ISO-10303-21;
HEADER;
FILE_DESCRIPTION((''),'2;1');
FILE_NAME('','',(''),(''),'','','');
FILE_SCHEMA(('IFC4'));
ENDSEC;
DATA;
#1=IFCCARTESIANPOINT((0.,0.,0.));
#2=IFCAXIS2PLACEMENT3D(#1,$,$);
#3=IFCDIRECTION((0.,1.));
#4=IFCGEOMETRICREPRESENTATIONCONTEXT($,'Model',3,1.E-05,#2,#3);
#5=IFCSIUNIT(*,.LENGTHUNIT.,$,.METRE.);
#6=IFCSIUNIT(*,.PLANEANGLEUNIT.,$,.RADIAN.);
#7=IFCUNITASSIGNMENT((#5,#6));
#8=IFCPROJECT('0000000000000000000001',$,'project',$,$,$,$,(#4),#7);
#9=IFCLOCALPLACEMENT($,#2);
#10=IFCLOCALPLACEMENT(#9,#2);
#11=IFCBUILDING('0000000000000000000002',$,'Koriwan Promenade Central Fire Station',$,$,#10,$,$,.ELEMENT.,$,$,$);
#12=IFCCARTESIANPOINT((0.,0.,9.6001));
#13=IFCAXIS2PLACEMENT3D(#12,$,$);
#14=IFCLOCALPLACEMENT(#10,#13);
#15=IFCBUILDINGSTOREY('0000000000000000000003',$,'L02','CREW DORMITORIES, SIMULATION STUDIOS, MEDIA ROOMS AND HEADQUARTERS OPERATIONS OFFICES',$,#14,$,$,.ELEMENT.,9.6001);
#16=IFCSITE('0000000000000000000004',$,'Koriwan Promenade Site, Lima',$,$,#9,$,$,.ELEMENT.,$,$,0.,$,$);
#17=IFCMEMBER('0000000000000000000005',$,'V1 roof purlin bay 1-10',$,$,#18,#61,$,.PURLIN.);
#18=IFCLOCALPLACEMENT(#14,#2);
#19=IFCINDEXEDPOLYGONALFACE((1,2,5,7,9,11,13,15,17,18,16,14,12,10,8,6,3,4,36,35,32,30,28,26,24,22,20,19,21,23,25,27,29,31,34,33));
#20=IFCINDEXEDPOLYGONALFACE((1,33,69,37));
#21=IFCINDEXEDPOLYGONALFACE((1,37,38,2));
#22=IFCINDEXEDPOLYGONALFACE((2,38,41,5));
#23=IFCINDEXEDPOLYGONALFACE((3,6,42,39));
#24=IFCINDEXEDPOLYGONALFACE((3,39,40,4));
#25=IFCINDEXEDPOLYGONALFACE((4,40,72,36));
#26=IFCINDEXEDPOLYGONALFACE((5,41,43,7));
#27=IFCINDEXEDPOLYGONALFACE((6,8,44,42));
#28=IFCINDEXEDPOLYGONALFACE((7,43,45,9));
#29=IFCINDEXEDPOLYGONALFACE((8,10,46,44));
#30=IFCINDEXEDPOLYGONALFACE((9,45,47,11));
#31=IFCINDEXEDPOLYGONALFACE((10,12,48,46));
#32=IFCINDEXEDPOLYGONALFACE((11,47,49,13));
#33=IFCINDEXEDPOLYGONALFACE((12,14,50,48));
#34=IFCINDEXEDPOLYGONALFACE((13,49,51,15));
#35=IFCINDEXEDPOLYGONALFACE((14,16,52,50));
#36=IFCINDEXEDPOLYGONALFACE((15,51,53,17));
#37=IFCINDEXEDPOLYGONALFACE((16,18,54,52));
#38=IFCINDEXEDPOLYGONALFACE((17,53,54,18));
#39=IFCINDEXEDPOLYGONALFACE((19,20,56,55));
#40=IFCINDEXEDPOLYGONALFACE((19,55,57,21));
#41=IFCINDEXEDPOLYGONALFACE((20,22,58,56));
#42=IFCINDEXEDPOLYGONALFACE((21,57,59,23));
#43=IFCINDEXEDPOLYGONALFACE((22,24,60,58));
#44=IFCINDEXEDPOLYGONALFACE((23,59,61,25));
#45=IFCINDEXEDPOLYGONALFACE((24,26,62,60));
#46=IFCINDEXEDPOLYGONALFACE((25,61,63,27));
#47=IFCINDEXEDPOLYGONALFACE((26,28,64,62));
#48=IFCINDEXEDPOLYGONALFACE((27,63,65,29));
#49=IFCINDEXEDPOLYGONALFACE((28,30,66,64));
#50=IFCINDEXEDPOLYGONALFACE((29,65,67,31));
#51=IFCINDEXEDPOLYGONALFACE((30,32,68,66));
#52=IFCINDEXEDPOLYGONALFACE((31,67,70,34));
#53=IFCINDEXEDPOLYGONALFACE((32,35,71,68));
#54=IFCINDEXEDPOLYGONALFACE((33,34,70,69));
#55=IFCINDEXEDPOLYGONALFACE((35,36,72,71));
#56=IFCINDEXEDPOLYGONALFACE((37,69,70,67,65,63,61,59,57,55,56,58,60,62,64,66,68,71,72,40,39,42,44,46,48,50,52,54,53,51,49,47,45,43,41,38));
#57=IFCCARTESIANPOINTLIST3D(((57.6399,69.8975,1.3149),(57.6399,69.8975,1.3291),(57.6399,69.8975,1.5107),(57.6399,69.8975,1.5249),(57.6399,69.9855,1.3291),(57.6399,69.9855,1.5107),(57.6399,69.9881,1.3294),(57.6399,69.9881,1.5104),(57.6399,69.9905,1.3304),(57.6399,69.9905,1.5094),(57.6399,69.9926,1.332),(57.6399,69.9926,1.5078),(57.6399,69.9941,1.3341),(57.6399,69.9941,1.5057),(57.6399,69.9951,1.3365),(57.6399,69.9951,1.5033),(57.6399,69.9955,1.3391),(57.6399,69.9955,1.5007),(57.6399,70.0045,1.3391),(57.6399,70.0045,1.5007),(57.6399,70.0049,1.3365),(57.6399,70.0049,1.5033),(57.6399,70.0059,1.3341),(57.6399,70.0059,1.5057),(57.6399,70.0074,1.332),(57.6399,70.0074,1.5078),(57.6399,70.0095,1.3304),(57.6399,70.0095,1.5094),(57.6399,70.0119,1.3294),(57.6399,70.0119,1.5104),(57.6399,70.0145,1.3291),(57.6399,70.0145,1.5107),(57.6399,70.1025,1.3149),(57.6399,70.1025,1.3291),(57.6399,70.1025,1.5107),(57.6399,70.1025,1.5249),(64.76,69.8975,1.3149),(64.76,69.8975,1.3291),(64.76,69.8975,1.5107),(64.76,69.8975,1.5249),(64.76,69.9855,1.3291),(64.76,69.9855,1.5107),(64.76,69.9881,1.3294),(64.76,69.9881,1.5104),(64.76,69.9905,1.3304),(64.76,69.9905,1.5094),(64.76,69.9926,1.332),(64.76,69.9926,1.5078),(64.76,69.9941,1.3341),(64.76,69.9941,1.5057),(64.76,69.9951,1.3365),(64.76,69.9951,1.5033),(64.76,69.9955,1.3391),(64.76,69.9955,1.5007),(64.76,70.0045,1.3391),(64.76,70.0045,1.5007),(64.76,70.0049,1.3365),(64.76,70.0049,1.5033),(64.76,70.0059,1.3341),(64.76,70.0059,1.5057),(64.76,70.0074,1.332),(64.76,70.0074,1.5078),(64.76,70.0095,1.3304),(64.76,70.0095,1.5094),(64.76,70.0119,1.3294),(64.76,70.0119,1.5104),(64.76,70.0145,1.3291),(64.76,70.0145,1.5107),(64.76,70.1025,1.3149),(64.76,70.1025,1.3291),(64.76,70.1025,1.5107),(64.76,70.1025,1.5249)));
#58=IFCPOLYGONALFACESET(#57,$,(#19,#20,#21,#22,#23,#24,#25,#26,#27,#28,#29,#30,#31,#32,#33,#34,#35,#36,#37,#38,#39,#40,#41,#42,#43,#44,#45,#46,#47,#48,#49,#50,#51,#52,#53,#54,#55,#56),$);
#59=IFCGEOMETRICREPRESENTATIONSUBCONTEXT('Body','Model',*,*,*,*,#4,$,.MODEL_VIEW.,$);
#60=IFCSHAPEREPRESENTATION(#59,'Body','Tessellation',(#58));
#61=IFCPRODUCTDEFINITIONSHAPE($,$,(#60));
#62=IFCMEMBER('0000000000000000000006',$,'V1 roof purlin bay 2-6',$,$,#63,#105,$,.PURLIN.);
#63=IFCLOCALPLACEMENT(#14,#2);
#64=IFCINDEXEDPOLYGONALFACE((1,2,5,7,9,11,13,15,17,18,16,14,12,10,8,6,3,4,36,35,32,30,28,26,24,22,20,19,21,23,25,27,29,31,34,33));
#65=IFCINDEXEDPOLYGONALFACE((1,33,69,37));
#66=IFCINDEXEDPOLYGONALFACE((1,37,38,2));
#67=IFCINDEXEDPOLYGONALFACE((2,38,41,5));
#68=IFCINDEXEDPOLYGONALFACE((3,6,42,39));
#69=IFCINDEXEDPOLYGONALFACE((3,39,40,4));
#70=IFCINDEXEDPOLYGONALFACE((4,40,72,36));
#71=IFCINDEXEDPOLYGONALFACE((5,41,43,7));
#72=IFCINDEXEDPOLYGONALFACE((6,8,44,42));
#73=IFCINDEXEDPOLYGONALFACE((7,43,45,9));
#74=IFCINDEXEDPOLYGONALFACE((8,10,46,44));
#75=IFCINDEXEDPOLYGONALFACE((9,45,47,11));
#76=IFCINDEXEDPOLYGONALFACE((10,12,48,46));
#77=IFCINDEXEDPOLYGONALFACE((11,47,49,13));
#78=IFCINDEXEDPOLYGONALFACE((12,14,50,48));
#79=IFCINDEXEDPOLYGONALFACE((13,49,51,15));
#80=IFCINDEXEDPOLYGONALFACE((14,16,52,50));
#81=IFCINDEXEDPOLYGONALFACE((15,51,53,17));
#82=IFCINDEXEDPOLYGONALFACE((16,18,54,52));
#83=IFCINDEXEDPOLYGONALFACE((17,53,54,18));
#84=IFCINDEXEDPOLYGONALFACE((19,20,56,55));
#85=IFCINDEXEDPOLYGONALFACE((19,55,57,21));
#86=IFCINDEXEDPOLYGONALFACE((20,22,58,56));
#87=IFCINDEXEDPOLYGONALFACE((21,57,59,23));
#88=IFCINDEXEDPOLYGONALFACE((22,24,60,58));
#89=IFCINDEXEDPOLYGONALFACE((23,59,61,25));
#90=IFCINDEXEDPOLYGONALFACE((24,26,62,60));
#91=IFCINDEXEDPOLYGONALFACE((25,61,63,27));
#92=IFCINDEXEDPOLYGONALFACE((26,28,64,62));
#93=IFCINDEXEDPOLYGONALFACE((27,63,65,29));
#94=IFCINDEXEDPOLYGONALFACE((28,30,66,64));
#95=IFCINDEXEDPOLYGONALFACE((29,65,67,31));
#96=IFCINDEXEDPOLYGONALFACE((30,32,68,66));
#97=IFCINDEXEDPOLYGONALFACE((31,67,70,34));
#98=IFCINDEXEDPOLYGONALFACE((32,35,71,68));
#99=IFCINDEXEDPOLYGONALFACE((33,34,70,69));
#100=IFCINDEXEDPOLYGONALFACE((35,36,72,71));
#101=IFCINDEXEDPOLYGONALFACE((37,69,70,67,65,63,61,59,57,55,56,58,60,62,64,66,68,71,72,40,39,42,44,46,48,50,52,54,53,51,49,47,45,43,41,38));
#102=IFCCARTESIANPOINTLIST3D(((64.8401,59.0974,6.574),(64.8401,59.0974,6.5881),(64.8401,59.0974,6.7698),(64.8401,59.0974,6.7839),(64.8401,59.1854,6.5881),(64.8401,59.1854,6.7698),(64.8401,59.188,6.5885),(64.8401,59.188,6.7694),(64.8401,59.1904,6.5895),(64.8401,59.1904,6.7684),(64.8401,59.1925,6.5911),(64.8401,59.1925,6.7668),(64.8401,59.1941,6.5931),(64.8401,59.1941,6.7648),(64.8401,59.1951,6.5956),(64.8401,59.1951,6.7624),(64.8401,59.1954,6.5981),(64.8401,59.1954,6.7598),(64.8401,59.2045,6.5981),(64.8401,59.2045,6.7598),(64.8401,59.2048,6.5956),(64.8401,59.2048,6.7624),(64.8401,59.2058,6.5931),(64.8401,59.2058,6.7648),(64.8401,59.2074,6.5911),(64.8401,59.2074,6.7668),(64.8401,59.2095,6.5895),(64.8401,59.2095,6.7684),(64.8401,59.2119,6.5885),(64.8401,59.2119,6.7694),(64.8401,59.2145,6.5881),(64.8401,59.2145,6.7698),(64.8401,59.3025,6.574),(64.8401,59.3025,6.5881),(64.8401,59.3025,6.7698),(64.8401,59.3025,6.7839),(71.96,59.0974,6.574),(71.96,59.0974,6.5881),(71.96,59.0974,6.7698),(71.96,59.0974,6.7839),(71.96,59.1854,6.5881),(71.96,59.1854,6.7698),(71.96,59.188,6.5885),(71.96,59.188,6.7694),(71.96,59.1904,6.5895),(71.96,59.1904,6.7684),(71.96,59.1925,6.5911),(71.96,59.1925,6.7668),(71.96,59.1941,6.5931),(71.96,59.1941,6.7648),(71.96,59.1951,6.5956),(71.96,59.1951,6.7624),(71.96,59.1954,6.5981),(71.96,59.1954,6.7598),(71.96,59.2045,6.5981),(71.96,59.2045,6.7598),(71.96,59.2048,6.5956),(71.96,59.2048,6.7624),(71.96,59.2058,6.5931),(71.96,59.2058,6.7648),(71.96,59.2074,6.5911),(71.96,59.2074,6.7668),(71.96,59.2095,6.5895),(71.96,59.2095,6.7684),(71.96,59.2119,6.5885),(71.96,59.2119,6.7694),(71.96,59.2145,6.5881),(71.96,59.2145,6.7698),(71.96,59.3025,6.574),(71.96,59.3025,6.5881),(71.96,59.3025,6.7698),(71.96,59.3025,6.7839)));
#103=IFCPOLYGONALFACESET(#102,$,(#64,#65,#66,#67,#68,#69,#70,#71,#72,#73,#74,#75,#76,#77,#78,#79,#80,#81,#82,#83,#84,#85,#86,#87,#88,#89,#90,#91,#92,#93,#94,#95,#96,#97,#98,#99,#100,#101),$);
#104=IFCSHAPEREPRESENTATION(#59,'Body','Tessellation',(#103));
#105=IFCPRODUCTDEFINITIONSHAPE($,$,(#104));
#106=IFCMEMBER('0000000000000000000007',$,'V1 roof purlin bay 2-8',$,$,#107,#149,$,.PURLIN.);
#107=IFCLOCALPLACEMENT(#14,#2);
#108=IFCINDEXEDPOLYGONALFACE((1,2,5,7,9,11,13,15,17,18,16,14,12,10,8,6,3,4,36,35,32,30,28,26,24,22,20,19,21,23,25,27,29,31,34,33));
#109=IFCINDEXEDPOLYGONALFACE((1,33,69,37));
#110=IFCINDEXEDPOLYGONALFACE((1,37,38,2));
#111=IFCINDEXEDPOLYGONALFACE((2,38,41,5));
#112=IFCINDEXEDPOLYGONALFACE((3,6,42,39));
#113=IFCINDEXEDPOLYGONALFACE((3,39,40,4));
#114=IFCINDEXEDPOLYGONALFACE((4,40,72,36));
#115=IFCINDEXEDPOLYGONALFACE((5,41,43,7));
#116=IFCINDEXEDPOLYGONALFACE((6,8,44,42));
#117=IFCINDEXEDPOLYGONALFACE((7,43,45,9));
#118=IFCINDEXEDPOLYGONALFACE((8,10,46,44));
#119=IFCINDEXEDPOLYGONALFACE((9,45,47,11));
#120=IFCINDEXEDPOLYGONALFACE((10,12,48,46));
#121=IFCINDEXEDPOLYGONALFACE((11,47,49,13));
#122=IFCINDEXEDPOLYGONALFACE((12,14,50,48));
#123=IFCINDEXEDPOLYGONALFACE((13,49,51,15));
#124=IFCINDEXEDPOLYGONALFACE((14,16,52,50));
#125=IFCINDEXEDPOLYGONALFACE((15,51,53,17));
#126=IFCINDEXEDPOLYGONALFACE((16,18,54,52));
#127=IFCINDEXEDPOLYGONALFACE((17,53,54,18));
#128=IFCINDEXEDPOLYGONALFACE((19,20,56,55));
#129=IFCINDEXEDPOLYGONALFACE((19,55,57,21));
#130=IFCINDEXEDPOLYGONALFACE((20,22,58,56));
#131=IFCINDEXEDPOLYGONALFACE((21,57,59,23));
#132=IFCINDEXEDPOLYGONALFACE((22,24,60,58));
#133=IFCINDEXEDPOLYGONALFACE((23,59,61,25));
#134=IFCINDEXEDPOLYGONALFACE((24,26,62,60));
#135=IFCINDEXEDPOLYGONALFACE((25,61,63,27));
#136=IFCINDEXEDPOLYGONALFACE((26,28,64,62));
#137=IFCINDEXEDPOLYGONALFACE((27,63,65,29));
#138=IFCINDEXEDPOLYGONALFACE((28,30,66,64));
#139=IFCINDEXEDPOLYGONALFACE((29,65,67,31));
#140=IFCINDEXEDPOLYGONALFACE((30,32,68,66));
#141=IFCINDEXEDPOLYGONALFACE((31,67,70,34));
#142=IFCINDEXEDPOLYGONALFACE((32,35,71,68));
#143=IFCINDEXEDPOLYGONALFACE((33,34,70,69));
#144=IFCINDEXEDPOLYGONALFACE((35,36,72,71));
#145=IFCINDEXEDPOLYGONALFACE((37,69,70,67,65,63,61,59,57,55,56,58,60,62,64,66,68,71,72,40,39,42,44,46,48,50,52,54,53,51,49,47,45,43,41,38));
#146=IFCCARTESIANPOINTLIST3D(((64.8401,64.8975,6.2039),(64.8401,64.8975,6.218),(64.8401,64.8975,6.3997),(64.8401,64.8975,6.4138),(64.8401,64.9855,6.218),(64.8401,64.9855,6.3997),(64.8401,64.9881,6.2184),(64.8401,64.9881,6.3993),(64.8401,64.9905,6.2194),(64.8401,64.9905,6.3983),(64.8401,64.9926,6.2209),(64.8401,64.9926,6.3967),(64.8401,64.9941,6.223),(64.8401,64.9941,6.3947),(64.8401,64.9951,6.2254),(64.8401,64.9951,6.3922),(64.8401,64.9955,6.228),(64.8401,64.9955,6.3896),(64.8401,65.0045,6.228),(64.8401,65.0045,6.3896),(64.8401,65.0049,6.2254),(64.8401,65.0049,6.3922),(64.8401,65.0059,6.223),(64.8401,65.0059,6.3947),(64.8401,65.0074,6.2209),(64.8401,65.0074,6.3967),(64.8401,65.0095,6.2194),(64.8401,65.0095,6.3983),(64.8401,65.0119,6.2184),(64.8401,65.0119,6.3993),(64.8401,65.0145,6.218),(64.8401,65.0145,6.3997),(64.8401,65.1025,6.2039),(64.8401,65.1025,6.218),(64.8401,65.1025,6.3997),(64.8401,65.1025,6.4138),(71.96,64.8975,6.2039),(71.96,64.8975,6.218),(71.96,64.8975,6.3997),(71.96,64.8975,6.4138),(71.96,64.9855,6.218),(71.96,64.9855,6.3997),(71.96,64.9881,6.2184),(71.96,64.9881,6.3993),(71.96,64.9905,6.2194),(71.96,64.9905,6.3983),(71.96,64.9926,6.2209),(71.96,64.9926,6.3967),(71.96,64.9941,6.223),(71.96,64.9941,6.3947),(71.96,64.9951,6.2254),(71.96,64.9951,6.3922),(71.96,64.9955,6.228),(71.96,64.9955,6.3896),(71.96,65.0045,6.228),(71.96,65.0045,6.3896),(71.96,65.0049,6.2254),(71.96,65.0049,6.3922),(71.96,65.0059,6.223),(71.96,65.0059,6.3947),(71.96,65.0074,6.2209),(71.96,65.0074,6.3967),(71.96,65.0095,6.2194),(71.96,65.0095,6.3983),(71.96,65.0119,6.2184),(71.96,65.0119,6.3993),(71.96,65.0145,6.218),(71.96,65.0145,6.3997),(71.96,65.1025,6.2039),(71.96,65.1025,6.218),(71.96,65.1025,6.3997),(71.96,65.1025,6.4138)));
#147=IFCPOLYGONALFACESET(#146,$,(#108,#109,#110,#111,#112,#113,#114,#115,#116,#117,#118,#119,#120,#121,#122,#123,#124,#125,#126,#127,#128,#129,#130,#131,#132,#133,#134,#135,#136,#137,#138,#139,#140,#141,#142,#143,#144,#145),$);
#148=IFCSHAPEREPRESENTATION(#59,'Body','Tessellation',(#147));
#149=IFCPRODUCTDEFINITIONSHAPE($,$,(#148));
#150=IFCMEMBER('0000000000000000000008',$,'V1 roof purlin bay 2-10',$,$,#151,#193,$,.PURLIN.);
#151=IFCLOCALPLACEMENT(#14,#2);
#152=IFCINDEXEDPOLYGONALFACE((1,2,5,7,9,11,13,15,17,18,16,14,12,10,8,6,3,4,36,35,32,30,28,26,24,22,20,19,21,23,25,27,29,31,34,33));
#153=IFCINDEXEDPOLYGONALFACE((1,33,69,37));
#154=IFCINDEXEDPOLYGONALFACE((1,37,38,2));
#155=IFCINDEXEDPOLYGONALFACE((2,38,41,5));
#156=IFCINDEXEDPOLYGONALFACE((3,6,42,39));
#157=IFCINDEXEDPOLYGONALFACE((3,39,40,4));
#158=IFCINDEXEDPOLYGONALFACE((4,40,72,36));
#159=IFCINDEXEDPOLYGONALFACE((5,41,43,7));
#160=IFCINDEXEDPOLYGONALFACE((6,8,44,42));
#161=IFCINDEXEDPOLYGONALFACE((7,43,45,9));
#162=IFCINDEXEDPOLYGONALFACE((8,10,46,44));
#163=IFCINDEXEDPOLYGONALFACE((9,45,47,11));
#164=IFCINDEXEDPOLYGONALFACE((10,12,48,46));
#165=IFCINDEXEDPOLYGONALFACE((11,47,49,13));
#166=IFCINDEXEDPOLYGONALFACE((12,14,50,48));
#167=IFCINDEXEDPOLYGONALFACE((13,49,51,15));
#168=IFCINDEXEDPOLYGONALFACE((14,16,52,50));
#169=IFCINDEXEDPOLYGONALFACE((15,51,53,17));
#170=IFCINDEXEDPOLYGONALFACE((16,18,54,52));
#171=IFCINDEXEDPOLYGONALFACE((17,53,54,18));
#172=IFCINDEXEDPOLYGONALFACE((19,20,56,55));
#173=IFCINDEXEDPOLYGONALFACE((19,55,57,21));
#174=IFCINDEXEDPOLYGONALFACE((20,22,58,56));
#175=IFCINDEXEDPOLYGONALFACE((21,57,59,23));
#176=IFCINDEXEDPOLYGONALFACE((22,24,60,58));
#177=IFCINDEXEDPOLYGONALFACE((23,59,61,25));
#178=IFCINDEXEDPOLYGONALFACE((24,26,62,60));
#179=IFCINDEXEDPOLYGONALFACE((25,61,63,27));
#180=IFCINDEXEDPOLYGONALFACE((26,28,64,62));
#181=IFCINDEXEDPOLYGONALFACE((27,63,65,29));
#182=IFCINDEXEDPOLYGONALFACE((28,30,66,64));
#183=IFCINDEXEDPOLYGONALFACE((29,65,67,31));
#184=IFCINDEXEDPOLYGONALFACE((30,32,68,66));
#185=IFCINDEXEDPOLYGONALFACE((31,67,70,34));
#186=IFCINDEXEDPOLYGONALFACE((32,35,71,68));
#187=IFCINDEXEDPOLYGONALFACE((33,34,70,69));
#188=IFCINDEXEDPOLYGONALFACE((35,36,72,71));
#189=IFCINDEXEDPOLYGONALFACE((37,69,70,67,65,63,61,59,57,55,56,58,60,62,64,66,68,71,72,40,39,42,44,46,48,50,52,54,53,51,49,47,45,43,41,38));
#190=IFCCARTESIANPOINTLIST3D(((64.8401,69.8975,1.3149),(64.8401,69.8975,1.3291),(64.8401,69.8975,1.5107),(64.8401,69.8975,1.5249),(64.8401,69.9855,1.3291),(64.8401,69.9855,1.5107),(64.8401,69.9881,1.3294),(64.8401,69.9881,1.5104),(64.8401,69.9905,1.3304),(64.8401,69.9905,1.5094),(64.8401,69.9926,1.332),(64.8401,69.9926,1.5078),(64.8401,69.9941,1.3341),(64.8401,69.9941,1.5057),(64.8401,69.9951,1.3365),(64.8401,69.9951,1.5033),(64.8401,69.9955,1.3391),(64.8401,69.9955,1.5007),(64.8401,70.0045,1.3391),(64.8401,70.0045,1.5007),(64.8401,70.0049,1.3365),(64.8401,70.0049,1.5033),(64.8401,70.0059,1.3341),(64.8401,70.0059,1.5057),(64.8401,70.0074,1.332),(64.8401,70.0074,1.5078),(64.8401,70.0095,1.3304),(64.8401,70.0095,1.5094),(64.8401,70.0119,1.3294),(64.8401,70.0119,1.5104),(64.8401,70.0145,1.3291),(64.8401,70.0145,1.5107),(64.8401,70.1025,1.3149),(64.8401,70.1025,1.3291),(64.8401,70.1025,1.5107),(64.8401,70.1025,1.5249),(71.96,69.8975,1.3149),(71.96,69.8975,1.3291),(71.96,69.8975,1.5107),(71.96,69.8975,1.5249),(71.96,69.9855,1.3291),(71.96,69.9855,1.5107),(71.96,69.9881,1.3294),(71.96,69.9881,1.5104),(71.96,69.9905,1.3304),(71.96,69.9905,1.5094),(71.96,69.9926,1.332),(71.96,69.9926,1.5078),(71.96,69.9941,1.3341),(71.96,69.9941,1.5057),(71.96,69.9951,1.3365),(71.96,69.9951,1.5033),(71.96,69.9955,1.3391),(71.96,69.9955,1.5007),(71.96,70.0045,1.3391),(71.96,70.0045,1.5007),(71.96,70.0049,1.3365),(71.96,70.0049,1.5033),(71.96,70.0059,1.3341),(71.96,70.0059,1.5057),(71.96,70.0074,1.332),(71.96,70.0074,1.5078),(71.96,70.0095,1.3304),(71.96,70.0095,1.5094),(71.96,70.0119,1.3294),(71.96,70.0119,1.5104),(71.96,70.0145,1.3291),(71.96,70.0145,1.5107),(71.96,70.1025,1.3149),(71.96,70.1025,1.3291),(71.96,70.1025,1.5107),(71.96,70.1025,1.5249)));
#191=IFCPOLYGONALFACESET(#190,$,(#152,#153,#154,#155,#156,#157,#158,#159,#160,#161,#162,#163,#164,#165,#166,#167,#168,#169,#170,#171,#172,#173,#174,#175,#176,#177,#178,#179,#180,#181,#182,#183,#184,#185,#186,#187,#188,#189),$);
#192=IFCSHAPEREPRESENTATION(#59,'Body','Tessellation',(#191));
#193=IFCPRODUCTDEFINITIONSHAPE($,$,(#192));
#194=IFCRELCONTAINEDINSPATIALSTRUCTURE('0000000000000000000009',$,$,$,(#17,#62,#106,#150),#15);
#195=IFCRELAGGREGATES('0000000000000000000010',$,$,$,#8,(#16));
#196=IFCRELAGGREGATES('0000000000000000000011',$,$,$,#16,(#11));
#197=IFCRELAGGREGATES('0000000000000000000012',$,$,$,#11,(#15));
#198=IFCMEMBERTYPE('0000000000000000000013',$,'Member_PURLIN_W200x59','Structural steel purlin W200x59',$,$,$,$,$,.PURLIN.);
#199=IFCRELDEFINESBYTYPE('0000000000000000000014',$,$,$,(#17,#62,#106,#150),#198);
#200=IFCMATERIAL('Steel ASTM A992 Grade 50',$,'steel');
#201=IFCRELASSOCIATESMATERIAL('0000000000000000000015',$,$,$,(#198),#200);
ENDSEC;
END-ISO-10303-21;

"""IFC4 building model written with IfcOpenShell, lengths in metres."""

from ifc_helpers import new_model, si_unit, direction, frame, origin, origin_2d, place, context, subcontext, project, spatial, i_section, extrude, material, material_profile, profile_set, type_object, element, save


model = new_model("IFC4")

# Units and contexts
model_context = context("Model", 3, precision=1e-05, world=origin(), true_north=direction((0.0, 1.0)))
body_context = subcontext(model_context, "Body", "Model", "MODEL_VIEW")
ifc_project = project(units=[si_unit("LENGTHUNIT", "METRE"), si_unit("PLANEANGLEUNIT", "RADIAN")], contexts=[model_context])

# Site, building, storey
site_placement = place(None, origin())
site = spatial("IfcSite", under=ifc_project, at=site_placement, Name="Koriwan Promenade Site, Lima", CompositionType="ELEMENT", RefElevation=0.0)
building_placement = place(site_placement, origin())
building = spatial("IfcBuilding", under=site, at=building_placement, Name="Koriwan Promenade Central Fire Station", CompositionType="ELEMENT")
storey_placement = place(building_placement, frame((0.0, 0.0, 9.6001)))
storey = spatial("IfcBuildingStorey", under=building, at=storey_placement, Name="L02", Description="CREW DORMITORIES, SIMULATION STUDIOS, MEDIA ROOMS AND HEADQUARTERS OPERATIONS OFFICES", CompositionType="ELEMENT", Elevation=9.6001)

# Members
ifc_material_1 = material(Name="Steel ASTM A992 Grade 50", Category="steel")
ifc_material_profile_1 = material_profile(ifc_material_1, i_section(OverallWidth=0.2051, OverallDepth=0.21, WebThickness=0.009, FlangeThickness=0.0142, FilletRadius=0.01, at=origin_2d()), Name="W200x59")
ifc_profile_set_1 = profile_set([ifc_material_profile_1], Name="Steel ASTM A992 Grade 50")
member_type_1 = type_object("IfcMemberType", Name="Member_PURLIN_W200x59", Description="Structural steel purlin W200x59", PredefinedType="PURLIN", material=ifc_profile_set_1)
for number, where, z_axis, x_axis, name in (
    (1, (57.6399, 70.0, 1.4199), (1.0, 0.0, 0.0), (0.0, 1.0, 0.0), "V1 roof purlin bay 1-10"),
):
    element("IfcMember", number, at=place(storey_placement, frame(where, z_axis=z_axis, x_axis=x_axis)), inside=storey, type_object=member_type_1, Name=name, PredefinedType="PURLIN", context=body_context, shape_type="SweptSolid", body=[
        extrude(i_section(OverallWidth=0.2051, OverallDepth=0.21, WebThickness=0.009, FlangeThickness=0.0142, FilletRadius=0.01, at=origin_2d()), origin(), (0.0, 0.0, 1.0), 7.1201),
    ])
for number, where, z_axis, x_axis, name in (
    (2, (64.8401, 59.2, 6.679), (1.0, 0.0, 0.0), (0.0, 1.0, 0.0), "V1 roof purlin bay 2-6"),
    (3, (64.8401, 65.0, 6.3088), (1.0, 0.0, 0.0), (0.0, 1.0, 0.0), "V1 roof purlin bay 2-8"),
    (4, (64.8401, 70.0, 1.4199), (1.0, 0.0, 0.0), (0.0, 1.0, 0.0), "V1 roof purlin bay 2-10"),
):
    element("IfcMember", number, at=place(storey_placement, frame(where, z_axis=z_axis, x_axis=x_axis)), inside=storey, type_object=member_type_1, Name=name, PredefinedType="PURLIN", context=body_context, shape_type="SweptSolid", body=[
        extrude(i_section(OverallWidth=0.2051, OverallDepth=0.21, WebThickness=0.009, FlangeThickness=0.0142, FilletRadius=0.01, at=origin_2d()), origin(), (0.0, 0.0, 1.0), 7.1199),
    ])

save(model, "model.ifc")
